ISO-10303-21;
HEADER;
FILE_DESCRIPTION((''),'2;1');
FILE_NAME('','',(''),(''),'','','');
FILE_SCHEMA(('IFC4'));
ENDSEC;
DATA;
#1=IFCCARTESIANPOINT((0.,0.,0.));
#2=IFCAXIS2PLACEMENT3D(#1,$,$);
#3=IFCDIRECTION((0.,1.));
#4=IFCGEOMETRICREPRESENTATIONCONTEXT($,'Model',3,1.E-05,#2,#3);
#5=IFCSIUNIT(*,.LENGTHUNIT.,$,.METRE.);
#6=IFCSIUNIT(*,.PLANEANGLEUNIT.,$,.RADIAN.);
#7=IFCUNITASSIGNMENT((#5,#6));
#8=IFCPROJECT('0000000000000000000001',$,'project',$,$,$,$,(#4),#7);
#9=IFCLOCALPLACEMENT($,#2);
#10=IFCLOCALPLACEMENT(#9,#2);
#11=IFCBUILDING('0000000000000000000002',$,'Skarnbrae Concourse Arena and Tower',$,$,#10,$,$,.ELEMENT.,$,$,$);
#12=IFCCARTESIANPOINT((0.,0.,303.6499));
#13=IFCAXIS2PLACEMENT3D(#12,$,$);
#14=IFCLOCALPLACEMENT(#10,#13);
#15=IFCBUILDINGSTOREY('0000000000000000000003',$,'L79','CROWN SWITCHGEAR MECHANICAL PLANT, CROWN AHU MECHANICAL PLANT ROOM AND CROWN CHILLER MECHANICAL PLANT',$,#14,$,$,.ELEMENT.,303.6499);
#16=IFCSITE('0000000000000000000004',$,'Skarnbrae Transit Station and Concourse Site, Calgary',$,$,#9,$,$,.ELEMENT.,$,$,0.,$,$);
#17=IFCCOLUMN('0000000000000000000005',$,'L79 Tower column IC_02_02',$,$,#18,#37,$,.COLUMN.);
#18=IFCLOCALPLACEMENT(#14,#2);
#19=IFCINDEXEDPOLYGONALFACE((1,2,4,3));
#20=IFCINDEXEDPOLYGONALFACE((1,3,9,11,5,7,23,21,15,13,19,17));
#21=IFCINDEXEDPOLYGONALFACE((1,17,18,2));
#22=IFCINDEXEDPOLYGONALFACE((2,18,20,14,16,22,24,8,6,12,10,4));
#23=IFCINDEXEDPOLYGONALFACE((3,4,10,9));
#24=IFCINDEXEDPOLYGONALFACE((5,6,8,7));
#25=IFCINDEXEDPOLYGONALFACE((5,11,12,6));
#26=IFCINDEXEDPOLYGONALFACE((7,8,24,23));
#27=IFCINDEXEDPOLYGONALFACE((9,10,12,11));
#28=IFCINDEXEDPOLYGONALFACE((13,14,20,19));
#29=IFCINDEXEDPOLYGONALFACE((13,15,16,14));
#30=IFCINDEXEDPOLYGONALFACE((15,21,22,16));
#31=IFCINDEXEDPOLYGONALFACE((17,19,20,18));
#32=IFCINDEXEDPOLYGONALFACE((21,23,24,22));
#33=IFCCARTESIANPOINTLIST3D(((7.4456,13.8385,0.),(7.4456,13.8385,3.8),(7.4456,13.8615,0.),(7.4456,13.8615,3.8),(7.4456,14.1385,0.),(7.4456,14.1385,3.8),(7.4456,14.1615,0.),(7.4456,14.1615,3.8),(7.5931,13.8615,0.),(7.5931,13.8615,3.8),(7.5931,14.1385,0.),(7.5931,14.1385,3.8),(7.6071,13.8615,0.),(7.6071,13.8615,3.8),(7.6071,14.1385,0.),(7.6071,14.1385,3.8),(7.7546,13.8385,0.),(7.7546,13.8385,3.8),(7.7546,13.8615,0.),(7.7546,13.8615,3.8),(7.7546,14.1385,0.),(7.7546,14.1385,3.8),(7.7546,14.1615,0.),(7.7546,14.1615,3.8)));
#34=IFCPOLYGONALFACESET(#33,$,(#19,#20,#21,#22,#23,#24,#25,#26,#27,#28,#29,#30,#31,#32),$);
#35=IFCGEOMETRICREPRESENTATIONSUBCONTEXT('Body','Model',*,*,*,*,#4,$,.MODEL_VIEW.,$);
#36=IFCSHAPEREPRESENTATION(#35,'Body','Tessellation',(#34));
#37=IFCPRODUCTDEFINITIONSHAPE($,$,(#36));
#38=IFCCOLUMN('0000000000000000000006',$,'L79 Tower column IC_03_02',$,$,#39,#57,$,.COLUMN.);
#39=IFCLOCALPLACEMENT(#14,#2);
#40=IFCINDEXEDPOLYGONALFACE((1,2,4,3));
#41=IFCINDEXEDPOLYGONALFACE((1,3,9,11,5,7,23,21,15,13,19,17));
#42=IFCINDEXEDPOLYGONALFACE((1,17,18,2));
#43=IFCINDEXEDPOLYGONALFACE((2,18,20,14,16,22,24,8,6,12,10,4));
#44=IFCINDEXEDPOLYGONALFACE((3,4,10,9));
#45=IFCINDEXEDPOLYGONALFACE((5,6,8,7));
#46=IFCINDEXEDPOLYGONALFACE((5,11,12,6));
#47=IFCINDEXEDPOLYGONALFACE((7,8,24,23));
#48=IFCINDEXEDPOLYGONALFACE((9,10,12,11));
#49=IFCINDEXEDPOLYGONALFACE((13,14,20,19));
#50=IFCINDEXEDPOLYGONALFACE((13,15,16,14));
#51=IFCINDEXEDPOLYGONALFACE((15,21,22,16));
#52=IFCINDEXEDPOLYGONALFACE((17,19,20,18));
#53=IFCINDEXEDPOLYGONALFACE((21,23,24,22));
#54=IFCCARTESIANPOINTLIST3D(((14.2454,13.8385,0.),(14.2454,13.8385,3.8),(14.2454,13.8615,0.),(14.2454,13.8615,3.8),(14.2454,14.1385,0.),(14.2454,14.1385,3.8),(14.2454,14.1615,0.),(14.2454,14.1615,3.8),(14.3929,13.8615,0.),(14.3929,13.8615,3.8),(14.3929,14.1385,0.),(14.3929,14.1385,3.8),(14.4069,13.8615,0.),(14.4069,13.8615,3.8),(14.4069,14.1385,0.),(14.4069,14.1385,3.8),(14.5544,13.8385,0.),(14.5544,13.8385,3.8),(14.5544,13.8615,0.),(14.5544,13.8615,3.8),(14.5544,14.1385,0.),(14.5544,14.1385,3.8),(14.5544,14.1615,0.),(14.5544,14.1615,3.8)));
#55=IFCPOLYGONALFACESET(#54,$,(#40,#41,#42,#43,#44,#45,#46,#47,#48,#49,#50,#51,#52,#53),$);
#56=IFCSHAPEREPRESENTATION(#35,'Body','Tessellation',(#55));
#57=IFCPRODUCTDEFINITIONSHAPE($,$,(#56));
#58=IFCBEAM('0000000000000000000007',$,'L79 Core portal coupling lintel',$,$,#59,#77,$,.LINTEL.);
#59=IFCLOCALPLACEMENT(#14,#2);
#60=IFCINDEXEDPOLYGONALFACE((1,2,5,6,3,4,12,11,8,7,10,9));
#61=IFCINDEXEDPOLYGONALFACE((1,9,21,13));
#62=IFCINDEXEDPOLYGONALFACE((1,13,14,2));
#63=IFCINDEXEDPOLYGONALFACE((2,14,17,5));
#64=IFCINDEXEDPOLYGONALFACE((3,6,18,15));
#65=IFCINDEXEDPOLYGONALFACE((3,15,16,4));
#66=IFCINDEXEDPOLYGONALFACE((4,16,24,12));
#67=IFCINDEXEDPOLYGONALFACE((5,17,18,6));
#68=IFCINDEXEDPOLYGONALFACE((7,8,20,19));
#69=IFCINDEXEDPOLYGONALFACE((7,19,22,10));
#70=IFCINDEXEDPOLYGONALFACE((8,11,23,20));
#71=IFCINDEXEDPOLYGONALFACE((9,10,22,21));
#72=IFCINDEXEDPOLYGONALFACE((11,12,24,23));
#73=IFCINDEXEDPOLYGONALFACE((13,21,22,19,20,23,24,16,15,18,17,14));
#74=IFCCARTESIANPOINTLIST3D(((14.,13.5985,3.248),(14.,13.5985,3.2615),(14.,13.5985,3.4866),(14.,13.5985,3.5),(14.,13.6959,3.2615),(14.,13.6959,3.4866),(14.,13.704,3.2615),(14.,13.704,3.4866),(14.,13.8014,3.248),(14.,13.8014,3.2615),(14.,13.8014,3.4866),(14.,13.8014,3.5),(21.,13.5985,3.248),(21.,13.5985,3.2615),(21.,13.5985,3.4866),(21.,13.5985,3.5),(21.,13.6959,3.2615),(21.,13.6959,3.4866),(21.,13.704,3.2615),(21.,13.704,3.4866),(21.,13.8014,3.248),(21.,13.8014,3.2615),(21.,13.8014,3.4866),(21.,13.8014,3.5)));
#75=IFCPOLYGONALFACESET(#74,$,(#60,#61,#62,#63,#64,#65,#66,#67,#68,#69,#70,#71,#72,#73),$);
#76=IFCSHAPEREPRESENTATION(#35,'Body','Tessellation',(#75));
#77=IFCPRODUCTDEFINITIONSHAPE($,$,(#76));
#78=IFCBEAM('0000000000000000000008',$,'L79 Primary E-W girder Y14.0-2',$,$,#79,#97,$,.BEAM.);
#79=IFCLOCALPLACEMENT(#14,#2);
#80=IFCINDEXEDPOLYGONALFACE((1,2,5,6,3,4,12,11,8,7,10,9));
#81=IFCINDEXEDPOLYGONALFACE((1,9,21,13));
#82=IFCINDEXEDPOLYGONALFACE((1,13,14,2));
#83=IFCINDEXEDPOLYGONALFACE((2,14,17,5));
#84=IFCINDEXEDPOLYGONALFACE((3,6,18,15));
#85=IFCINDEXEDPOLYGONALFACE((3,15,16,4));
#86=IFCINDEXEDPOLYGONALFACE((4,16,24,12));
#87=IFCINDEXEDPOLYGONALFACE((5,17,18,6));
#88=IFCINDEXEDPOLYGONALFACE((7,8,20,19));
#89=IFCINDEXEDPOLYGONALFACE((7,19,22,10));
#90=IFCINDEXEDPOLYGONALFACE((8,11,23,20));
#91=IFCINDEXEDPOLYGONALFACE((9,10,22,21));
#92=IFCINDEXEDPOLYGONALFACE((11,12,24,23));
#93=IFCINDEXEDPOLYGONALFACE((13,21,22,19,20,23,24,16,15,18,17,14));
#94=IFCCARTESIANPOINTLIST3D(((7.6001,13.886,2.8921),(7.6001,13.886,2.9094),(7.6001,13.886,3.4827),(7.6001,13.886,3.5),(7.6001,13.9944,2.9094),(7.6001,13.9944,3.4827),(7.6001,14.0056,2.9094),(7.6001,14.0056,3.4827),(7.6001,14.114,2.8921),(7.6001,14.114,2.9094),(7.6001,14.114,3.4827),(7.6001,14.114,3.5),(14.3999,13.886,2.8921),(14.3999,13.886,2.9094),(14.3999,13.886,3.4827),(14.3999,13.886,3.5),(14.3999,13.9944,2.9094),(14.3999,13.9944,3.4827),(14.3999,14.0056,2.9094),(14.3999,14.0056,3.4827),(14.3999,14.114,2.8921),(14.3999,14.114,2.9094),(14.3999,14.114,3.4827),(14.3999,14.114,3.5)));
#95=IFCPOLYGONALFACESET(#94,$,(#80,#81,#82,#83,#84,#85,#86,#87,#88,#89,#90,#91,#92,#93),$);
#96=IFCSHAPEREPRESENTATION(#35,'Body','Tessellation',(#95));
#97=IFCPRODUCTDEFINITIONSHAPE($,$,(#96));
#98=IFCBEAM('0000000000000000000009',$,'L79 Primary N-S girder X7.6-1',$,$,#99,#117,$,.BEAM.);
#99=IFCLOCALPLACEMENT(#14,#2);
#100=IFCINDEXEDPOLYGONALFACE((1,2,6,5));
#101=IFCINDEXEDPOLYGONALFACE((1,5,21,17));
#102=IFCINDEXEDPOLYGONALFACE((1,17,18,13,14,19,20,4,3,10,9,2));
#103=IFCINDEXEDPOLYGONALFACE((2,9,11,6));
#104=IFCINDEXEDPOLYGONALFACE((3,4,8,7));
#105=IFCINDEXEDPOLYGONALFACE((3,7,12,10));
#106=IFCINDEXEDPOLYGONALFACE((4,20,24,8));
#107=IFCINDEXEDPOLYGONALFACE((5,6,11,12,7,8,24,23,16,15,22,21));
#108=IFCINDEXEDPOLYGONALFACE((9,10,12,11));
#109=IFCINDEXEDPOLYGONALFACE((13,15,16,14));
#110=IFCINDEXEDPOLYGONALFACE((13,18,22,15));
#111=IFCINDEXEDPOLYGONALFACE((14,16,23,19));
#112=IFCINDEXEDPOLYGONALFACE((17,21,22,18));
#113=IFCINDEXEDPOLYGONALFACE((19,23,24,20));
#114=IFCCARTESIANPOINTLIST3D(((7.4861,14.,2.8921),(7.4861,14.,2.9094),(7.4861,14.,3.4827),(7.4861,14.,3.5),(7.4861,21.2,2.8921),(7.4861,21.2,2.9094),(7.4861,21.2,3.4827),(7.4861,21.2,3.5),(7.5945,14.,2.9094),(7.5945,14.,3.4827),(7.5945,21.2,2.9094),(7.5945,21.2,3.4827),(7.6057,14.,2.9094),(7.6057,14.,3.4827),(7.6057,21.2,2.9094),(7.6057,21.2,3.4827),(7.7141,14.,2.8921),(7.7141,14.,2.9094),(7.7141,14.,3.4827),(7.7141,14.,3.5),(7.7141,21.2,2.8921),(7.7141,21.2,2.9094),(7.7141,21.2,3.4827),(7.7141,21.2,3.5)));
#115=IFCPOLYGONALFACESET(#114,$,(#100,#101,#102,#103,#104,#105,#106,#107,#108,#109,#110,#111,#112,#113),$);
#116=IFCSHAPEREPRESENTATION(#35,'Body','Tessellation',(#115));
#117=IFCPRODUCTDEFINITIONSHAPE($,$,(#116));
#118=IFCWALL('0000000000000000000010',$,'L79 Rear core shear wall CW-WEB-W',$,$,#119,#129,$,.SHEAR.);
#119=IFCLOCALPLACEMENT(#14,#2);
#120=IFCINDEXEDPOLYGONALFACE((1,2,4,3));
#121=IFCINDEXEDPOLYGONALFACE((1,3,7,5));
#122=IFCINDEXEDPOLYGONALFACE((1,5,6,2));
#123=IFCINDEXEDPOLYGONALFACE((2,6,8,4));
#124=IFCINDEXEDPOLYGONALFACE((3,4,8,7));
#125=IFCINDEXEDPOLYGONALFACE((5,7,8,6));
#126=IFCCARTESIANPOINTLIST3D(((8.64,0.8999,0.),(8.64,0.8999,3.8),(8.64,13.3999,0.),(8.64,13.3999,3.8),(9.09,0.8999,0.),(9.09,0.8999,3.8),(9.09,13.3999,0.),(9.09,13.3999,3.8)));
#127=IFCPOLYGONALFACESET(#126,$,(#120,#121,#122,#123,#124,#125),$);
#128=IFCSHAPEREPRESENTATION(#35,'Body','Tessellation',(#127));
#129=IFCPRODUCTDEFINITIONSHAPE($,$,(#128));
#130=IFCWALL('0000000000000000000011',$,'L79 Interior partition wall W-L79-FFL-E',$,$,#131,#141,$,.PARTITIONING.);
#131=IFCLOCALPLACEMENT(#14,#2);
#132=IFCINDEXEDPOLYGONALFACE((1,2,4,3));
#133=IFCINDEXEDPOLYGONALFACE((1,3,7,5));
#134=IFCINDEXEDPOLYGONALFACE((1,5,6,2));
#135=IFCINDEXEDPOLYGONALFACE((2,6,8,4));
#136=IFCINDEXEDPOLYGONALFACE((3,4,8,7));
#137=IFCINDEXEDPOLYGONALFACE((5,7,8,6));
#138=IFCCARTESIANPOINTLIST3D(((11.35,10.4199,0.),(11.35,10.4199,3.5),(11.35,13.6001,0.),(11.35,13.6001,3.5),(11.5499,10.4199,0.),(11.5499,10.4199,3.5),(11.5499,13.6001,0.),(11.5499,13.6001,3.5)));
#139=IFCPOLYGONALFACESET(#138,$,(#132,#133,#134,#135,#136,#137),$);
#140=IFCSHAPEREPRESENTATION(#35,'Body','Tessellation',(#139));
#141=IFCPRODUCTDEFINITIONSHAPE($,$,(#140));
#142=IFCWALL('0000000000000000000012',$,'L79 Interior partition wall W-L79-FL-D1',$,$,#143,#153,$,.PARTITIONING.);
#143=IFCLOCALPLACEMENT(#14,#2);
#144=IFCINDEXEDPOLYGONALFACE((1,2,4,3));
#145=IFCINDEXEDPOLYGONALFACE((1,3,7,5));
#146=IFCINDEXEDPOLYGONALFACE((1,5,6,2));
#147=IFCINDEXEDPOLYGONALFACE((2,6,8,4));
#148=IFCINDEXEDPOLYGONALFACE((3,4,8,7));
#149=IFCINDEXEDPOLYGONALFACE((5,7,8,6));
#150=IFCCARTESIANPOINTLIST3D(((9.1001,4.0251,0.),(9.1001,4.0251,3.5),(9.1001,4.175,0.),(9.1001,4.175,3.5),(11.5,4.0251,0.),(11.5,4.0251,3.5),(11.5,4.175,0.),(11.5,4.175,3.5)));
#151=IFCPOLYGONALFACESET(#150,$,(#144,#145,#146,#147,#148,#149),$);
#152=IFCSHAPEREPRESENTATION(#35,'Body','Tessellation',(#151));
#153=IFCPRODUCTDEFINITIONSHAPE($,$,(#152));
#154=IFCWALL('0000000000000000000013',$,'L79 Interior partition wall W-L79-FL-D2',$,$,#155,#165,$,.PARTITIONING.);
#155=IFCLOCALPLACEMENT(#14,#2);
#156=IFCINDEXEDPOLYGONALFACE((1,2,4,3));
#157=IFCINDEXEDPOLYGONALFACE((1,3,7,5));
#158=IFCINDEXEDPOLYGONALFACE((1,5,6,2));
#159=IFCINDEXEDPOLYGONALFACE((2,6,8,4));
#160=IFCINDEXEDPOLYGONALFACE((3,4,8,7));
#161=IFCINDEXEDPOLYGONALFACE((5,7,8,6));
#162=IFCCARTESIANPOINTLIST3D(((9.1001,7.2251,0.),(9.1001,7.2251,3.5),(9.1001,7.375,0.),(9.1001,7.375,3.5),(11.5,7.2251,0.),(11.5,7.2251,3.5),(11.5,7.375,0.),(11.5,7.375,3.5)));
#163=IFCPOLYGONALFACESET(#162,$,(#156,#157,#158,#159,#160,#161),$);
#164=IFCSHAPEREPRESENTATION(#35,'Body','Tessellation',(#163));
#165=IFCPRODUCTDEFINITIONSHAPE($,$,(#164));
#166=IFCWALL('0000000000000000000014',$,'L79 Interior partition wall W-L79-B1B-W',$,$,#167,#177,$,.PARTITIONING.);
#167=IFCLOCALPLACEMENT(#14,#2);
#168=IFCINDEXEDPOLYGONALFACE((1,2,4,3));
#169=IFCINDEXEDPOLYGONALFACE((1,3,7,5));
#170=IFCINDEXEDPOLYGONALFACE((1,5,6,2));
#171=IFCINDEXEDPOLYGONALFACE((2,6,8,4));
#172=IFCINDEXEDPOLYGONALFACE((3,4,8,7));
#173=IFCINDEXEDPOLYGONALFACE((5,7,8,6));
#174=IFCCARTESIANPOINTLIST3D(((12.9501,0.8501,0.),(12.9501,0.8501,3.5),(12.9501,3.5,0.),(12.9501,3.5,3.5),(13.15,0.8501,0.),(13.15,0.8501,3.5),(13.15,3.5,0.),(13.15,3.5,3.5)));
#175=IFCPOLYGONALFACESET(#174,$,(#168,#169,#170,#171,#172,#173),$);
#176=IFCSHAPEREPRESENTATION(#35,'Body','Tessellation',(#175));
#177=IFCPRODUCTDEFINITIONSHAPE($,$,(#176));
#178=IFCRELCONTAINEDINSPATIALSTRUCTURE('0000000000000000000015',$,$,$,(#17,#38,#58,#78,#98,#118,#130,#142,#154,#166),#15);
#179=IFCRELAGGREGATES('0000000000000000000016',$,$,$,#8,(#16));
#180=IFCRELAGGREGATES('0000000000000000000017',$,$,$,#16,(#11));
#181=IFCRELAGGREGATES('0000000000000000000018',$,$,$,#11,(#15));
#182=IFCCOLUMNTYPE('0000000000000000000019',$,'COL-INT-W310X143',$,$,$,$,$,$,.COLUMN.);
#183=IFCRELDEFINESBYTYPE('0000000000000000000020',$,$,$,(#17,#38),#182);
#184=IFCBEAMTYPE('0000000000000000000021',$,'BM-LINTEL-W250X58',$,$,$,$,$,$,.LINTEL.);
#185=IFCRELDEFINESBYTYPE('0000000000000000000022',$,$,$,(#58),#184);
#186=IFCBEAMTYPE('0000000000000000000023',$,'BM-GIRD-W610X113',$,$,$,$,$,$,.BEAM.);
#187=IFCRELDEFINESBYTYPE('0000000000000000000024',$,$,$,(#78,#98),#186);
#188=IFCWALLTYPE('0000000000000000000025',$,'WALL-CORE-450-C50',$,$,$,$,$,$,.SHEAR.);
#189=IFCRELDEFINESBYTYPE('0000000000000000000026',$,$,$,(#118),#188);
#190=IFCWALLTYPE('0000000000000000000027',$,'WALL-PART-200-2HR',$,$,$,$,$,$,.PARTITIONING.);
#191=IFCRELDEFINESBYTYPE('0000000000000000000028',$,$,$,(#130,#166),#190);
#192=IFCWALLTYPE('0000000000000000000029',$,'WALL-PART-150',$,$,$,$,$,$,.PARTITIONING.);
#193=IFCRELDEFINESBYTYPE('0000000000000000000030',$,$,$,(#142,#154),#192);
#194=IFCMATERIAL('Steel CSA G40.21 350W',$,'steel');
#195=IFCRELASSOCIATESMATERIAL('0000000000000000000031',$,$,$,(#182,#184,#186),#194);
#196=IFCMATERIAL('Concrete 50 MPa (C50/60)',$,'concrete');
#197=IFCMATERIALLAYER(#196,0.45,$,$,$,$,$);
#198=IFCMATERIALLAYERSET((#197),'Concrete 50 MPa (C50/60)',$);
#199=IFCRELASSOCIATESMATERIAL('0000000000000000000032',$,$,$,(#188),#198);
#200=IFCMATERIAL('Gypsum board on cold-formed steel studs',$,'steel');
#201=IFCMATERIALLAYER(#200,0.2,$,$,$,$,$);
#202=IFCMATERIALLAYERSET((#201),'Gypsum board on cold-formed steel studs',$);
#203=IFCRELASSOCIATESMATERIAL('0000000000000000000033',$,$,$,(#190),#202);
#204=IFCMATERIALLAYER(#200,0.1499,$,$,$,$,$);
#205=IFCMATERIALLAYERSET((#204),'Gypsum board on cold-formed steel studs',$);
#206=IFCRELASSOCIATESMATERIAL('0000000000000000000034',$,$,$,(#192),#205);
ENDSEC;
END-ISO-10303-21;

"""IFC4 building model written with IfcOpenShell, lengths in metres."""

from ifc_helpers import new_model, si_unit, direction, frame, frame_2d, origin, origin_2d, place, context, subcontext, project, spatial, rectangle, i_section, extrude, source, transform, mapped, material, layer, layer_set, material_profile, profile_set, type_object, element, save


model = new_model("IFC4")

# Units and contexts
model_context = context("Model", 3, precision=1e-05, world=origin(), true_north=direction((0.0, 1.0)))
body_context = subcontext(model_context, "Body", "Model", "MODEL_VIEW")
ifc_project = project(units=[si_unit("LENGTHUNIT", "METRE"), si_unit("PLANEANGLEUNIT", "RADIAN")], contexts=[model_context])

# Site, building, storey
site_placement = place(None, origin())
site = spatial("IfcSite", under=ifc_project, at=site_placement, Name="Skarnbrae Transit Station and Concourse Site, Calgary", CompositionType="ELEMENT", RefElevation=0.0)
building_placement = place(site_placement, origin())
building = spatial("IfcBuilding", under=site, at=building_placement, Name="Skarnbrae Concourse Arena and Tower", CompositionType="ELEMENT")
storey_placement = place(building_placement, frame((0.0, 0.0, 303.6499)))
storey = spatial("IfcBuildingStorey", under=building, at=storey_placement, Name="L79", Description="CROWN SWITCHGEAR MECHANICAL PLANT, CROWN AHU MECHANICAL PLANT ROOM AND CROWN CHILLER MECHANICAL PLANT", CompositionType="ELEMENT", Elevation=303.6499)

# Columns
ifc_material_1 = material(Name="Steel CSA G40.21 350W", Category="steel")
ifc_material_profile_1 = material_profile(ifc_material_1, i_section(OverallWidth=0.3091, OverallDepth=0.323, WebThickness=0.0139, FlangeThickness=0.0229, at=origin_2d()), Name="W310X143")
ifc_profile_set_1 = profile_set([ifc_material_profile_1], Name="Steel CSA G40.21 350W")
column_type = type_object("IfcColumnType", Name="COL-INT-W310X143", PredefinedType="COLUMN", material=ifc_profile_set_1)
shared_shape_1 = source(origin(), body_context, "Body", "SweptSolid", [
    extrude(i_section(OverallWidth=0.3091, OverallDepth=0.323, WebThickness=0.0139, FlangeThickness=0.0229, at=origin_2d()), origin(), (0.0, 0.0, 1.0), 3.8),
])
for number, where, z_axis, x_axis, name in (
    (1, (7.6001, 14.0, 0.0), (0.0, 0.0, 1.0), (1.0, 0.0, 0.0), "L79 Tower column IC_02_02"),
    (2, (14.3999, 14.0, 0.0), (0.0, 0.0, 1.0), (1.0, 0.0, 0.0), "L79 Tower column IC_03_02"),
):
    element("IfcColumn", number, at=place(storey_placement, frame(where, z_axis=z_axis, x_axis=x_axis)), inside=storey, type_object=column_type, Name=name, PredefinedType="COLUMN", context=body_context, shape_type="MappedRepresentation", body=[
        mapped(shared_shape_1, transform((0.0, 0.0, 0.0))),
    ])

# Beams
ifc_material_profile_2 = material_profile(ifc_material_1, i_section(OverallWidth=0.2029, OverallDepth=0.252, WebThickness=0.0081, FlangeThickness=0.0134, at=origin_2d()), Name="W250X58")
ifc_profile_set_2 = profile_set([ifc_material_profile_2], Name="Steel CSA G40.21 350W")
beam_type_1 = type_object("IfcBeamType", Name="BM-LINTEL-W250X58", PredefinedType="LINTEL", material=ifc_profile_set_2)
shared_shape_2 = source(origin(), body_context, "Body", "SweptSolid", [
    extrude(i_section(OverallWidth=0.2029, OverallDepth=0.252, WebThickness=0.0081, FlangeThickness=0.0134, at=origin_2d()), origin(), (0.0, 0.0, 1.0), 7.0),
])
beam_1_placement = place(storey_placement, frame((14.0, 13.7, 3.374), z_axis=(1.0, 0.0, 0.0), x_axis=(0.0, 1.0, 0.0)))
element("IfcBeam", 3, at=beam_1_placement, inside=storey, type_object=beam_type_1, Name="L79 Core portal coupling lintel", PredefinedType="LINTEL", context=body_context, shape_type="MappedRepresentation", body=[
    mapped(shared_shape_2, transform((0.0, 0.0, 0.0))),
])
ifc_material_profile_3 = material_profile(ifc_material_1, i_section(OverallWidth=0.228, OverallDepth=0.6079, WebThickness=0.0112, FlangeThickness=0.0173, at=origin_2d()), Name="W610X113")
ifc_profile_set_3 = profile_set([ifc_material_profile_3], Name="Steel CSA G40.21 350W")
beam_type_2 = type_object("IfcBeamType", Name="BM-GIRD-W610X113", PredefinedType="BEAM", material=ifc_profile_set_3)
shared_shape_3 = source(origin(), body_context, "Body", "SweptSolid", [
    extrude(i_section(OverallWidth=0.228, OverallDepth=0.6079, WebThickness=0.0112, FlangeThickness=0.0173, at=origin_2d()), origin(), (0.0, 0.0, 1.0), 6.7998),
])
beam_2_placement = place(storey_placement, frame((7.6001, 14.0, 3.196), z_axis=(1.0, 0.0, 0.0), x_axis=(0.0, 1.0, 0.0)))
element("IfcBeam", 4, at=beam_2_placement, inside=storey, type_object=beam_type_2, Name="L79 Primary E-W girder Y14.0-2", PredefinedType="BEAM", context=body_context, shape_type="MappedRepresentation", body=[
    mapped(shared_shape_3, transform((0.0, 0.0, 0.0))),
])
shared_shape_4 = source(origin(), body_context, "Body", "SweptSolid", [
    extrude(i_section(OverallWidth=0.228, OverallDepth=0.6079, WebThickness=0.0112, FlangeThickness=0.0173, at=origin_2d()), origin(), (0.0, 0.0, 1.0), 7.2),
])
beam_3_placement = place(storey_placement, frame((7.6001, 14.0, 3.196), z_axis=(0.0, 1.0, 0.0), x_axis=(-1.0, 0.0, 0.0)))
element("IfcBeam", 5, at=beam_3_placement, inside=storey, type_object=beam_type_2, Name="L79 Primary N-S girder X7.6-1", PredefinedType="BEAM", context=body_context, shape_type="MappedRepresentation", body=[
    mapped(shared_shape_4, transform((0.0, 0.0, 0.0))),
])

# Shared definitions
ifc_material_2 = material(Name="Concrete 50 MPa (C50/60)", Category="concrete")

# Walls
ifc_layer_1 = layer(ifc_material_2, 0.45)
ifc_layer_set_1 = layer_set([ifc_layer_1], Name="Concrete 50 MPa (C50/60)")
wall_type_1 = type_object("IfcWallType", Name="WALL-CORE-450-C50", PredefinedType="SHEAR", material=ifc_layer_set_1)
shared_shape_5 = source(origin(), body_context, "Body", "SweptSolid", [
    extrude(rectangle(XDim=12.5, YDim=0.45, at=frame_2d((6.25, 0.0))), origin(), (0.0, 0.0, 1.0), 3.8),
])
wall_1_placement = place(storey_placement, frame((8.865, 0.8999, 0.0), z_axis=(0.0, 0.0, 1.0), x_axis=(0.0, 1.0, 0.0)))
element("IfcWall", 6, at=wall_1_placement, inside=storey, type_object=wall_type_1, Name="L79 Rear core shear wall CW-WEB-W", PredefinedType="SHEAR", context=body_context, shape_type="MappedRepresentation", body=[
    mapped(shared_shape_5, transform((0.0, 0.0, 0.0))),
])
ifc_material_3 = material(Name="Gypsum board on cold-formed steel studs", Category="steel")
ifc_layer_2 = layer(ifc_material_3, 0.2)
ifc_layer_set_2 = layer_set([ifc_layer_2], Name="Gypsum board on cold-formed steel studs")
wall_type_2 = type_object("IfcWallType", Name="WALL-PART-200-2HR", PredefinedType="PARTITIONING", material=ifc_layer_set_2)
shared_shape_6 = source(origin(), body_context, "Body", "SweptSolid", [
    extrude(rectangle(XDim=3.1802, YDim=0.2, at=frame_2d((1.5901, 0.0))), origin(), (0.0, 0.0, 1.0), 3.5),
])
wall_2_placement = place(storey_placement, frame((11.45, 10.4199, 0.0), z_axis=(0.0, 0.0, 1.0), x_axis=(0.0, 1.0, 0.0)))
element("IfcWall", 7, at=wall_2_placement, inside=storey, type_object=wall_type_2, Name="L79 Interior partition wall W-L79-FFL-E", PredefinedType="PARTITIONING", context=body_context, shape_type="MappedRepresentation", body=[
    mapped(shared_shape_6, transform((0.0, 0.0, 0.0))),
])

# Walls
ifc_layer_3 = layer(ifc_material_3, 0.1499)
ifc_layer_set_3 = layer_set([ifc_layer_3], Name="Gypsum board on cold-formed steel studs")
wall_type_3 = type_object("IfcWallType", Name="WALL-PART-150", PredefinedType="PARTITIONING", material=ifc_layer_set_3)
shared_shape_7 = source(origin(), body_context, "Body", "SweptSolid", [
    extrude(rectangle(XDim=2.3999, YDim=0.1499, at=frame_2d((1.2, 0.0))), origin(), (0.0, 0.0, 1.0), 3.5),
])
for number, where, z_axis, x_axis, name in (
    (8, (9.1001, 4.1001, 0.0), (0.0, 0.0, 1.0), (1.0, 0.0, 0.0), "L79 Interior partition wall W-L79-FL-D1"),
    (9, (9.1001, 7.3, 0.0), (0.0, 0.0, 1.0), (1.0, 0.0, 0.0), "L79 Interior partition wall W-L79-FL-D2"),
):
    element("IfcWall", number, at=place(storey_placement, frame(where, z_axis=z_axis, x_axis=x_axis)), inside=storey, type_object=wall_type_3, Name=name, PredefinedType="PARTITIONING", context=body_context, shape_type="MappedRepresentation", body=[
        mapped(shared_shape_7, transform((0.0, 0.0, 0.0))),
    ])
shared_shape_8 = source(origin(), body_context, "Body", "SweptSolid", [
    extrude(rectangle(XDim=2.6499, YDim=0.2, at=frame_2d((1.325, 0.0))), origin(), (0.0, 0.0, 1.0), 3.5),
])
wall_3_placement = place(storey_placement, frame((13.05, 0.8501, 0.0), z_axis=(0.0, 0.0, 1.0), x_axis=(0.0, 1.0, 0.0)))
element("IfcWall", 10, at=wall_3_placement, inside=storey, type_object=wall_type_2, Name="L79 Interior partition wall W-L79-B1B-W", PredefinedType="PARTITIONING", context=body_context, shape_type="MappedRepresentation", body=[
    mapped(shared_shape_8, transform((0.0, 0.0, 0.0))),
])

save(model, "model.ifc")
